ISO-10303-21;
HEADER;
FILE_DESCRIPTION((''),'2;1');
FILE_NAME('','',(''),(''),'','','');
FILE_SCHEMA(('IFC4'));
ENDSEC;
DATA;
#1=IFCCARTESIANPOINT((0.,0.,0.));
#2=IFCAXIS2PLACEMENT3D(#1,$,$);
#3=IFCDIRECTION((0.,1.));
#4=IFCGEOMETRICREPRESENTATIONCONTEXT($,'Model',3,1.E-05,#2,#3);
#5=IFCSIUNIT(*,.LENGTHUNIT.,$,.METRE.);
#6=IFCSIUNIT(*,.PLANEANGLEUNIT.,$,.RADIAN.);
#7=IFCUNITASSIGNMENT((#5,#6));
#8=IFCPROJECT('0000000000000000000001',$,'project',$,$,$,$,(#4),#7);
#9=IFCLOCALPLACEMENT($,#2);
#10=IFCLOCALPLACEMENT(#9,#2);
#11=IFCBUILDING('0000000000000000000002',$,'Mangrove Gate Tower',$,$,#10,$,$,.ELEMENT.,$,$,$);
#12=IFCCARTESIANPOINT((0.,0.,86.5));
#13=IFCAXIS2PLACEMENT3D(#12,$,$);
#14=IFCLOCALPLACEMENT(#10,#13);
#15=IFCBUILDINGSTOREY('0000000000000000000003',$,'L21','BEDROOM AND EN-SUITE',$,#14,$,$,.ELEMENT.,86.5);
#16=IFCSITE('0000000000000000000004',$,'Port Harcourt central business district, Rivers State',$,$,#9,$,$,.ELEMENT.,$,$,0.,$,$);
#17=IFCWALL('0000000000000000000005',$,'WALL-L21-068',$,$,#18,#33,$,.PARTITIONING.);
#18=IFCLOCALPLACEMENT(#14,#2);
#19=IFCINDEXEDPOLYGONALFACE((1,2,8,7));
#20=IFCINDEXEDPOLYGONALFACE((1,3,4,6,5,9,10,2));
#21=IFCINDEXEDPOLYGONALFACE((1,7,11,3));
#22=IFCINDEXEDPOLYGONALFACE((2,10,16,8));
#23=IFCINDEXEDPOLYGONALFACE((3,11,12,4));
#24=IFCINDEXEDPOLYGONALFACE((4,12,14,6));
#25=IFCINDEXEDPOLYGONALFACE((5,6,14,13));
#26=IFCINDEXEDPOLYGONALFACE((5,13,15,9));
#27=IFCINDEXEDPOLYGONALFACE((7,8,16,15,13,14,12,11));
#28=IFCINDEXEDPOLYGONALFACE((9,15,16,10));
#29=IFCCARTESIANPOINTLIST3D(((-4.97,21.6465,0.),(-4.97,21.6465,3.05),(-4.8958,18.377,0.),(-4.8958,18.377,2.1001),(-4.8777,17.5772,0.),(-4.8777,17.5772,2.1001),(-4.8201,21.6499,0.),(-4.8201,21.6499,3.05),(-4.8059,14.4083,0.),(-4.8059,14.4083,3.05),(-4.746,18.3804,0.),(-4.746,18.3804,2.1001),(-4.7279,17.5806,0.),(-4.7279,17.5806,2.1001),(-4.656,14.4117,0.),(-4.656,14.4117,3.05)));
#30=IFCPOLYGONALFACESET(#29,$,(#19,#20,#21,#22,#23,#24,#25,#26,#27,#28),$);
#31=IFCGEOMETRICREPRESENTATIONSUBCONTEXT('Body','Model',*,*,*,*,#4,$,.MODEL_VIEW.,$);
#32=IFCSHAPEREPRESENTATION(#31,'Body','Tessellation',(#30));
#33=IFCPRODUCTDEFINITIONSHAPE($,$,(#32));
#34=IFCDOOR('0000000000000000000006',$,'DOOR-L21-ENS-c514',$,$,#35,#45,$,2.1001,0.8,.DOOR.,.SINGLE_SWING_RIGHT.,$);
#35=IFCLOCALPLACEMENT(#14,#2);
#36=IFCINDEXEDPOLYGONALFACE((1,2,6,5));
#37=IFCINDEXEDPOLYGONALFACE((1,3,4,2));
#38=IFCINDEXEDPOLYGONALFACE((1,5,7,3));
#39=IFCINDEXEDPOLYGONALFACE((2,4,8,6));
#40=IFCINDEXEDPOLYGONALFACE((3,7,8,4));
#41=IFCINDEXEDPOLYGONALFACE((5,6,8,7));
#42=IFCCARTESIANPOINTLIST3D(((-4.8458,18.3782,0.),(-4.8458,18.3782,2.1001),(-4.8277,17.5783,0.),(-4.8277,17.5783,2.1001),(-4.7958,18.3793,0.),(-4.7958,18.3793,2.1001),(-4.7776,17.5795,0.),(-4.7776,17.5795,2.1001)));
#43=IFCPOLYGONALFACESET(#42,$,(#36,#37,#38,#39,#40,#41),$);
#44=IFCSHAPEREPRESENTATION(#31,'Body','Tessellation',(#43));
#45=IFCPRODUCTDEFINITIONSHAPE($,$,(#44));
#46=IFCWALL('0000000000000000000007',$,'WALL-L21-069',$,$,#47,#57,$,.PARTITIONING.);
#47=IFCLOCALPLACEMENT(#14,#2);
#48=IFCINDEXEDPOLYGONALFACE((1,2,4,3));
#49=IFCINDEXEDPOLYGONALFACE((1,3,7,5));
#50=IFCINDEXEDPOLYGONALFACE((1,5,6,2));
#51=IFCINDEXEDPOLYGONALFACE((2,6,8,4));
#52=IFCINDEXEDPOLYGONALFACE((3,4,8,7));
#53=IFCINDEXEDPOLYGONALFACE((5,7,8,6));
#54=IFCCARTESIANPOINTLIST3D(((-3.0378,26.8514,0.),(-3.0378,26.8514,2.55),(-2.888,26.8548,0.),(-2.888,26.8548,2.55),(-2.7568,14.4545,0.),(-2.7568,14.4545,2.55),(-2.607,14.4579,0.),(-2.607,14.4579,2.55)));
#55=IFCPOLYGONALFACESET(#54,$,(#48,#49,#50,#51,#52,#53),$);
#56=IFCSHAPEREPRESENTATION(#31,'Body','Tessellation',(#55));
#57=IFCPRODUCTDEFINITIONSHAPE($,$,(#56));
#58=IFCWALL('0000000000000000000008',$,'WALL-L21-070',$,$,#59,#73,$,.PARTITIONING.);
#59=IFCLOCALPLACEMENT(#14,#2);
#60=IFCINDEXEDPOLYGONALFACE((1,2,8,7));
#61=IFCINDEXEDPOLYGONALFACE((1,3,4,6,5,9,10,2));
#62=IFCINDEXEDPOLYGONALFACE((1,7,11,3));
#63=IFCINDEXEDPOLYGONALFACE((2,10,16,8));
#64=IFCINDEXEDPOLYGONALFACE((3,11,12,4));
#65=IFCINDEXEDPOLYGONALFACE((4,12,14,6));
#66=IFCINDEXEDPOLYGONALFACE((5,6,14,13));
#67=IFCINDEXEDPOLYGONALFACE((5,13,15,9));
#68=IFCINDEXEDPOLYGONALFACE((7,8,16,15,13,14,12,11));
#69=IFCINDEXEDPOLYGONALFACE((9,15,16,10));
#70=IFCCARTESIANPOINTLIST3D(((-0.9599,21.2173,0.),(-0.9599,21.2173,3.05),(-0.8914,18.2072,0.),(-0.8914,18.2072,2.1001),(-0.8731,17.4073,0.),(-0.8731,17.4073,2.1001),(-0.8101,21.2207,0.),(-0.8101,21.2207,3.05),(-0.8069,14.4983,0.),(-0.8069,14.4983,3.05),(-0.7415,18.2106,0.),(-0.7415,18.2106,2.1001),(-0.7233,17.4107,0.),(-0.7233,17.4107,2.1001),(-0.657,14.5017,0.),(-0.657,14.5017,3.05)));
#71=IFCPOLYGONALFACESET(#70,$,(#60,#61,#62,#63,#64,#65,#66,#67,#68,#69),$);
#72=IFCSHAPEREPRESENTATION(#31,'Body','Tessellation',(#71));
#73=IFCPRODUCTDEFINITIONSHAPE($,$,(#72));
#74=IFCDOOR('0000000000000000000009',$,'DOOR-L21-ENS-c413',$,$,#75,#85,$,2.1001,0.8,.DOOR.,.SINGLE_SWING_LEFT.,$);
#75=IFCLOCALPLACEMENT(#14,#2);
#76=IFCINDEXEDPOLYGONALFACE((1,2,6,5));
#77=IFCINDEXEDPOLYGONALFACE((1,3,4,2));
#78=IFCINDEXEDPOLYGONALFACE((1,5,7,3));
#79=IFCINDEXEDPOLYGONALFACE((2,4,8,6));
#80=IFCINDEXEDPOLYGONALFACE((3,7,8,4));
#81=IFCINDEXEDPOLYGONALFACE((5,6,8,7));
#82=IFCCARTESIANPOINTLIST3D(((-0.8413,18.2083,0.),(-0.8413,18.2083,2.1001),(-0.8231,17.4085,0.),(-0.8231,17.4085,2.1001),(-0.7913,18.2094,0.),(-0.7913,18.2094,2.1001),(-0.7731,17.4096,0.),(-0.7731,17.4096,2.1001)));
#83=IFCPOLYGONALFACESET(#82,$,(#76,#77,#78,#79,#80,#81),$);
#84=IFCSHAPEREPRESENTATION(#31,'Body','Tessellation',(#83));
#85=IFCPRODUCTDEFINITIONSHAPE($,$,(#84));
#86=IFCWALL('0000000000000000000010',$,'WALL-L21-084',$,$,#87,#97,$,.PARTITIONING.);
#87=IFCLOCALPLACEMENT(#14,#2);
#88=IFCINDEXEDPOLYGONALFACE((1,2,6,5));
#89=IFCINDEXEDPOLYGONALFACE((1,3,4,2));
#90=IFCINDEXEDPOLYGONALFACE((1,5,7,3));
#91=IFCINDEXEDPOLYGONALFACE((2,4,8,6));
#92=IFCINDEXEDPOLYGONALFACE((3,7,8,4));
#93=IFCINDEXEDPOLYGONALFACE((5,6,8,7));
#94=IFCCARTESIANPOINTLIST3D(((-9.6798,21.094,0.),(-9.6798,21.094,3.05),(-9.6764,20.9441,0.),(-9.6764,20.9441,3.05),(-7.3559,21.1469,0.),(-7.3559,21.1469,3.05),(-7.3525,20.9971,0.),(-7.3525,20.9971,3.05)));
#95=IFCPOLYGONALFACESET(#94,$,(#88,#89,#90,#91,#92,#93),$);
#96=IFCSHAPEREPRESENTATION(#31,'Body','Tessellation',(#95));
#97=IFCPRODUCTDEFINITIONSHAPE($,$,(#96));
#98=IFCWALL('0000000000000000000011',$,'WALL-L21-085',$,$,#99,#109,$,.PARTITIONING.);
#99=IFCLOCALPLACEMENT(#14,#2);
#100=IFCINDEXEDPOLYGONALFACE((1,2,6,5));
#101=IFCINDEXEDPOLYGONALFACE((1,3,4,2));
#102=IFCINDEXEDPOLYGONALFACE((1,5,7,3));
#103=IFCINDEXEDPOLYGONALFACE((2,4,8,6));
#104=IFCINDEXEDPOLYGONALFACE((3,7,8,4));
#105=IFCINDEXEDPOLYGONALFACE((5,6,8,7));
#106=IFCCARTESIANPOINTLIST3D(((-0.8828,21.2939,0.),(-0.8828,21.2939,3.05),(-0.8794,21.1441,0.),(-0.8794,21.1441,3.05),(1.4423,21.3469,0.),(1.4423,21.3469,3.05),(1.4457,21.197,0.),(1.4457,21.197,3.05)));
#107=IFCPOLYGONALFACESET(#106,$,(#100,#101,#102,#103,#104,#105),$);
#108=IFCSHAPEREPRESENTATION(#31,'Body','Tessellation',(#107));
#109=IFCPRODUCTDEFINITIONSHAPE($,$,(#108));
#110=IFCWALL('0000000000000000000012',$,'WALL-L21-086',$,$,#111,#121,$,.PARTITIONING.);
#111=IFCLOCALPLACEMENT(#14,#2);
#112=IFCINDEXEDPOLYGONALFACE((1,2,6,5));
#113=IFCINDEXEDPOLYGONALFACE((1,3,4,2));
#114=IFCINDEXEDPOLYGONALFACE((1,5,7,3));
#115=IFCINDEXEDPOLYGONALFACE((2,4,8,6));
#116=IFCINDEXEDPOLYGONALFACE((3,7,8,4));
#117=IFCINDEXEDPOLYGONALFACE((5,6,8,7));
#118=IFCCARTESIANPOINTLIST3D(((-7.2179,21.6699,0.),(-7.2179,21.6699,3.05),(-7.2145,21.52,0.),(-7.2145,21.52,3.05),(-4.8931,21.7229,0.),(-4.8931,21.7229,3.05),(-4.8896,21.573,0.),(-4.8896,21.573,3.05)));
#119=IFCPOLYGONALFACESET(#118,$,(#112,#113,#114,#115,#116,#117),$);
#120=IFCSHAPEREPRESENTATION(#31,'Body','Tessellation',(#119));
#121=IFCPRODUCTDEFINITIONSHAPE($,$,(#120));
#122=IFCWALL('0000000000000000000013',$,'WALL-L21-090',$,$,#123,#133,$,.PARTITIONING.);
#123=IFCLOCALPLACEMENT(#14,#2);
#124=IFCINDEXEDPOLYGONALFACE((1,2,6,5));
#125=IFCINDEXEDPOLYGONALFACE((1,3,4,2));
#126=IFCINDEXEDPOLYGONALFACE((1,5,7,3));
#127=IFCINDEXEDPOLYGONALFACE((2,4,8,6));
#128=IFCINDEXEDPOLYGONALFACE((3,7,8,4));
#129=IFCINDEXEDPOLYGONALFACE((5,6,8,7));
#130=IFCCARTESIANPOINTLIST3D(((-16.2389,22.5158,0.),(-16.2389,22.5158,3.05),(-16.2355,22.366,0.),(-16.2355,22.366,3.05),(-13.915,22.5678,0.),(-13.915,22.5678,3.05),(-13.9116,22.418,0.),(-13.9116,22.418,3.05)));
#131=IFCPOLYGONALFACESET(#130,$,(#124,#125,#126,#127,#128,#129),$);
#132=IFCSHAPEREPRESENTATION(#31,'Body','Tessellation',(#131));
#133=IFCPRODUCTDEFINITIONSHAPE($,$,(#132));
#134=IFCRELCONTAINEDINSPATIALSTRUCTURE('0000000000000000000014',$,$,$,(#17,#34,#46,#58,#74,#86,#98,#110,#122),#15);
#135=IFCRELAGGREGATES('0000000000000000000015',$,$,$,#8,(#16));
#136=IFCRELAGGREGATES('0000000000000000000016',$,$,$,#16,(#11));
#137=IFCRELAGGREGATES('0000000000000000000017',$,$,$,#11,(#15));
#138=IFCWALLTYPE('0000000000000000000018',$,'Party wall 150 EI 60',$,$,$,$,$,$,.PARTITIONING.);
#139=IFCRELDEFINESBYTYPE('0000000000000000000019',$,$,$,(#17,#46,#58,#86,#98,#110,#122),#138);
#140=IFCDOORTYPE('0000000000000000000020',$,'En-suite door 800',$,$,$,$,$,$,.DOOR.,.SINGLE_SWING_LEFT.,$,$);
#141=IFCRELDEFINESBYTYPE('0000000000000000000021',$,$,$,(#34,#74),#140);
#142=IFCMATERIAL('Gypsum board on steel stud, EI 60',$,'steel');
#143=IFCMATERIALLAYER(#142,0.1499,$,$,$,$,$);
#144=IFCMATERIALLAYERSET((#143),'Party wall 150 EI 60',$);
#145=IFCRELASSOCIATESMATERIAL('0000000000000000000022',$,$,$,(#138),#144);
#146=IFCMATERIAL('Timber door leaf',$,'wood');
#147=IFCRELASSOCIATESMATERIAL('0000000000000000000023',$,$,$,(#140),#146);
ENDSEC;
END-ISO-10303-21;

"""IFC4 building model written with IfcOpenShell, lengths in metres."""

from ifc_helpers import new_model, si_unit, direction, frame, frame_2d, origin, place, context, subcontext, project, spatial, rectangle, extrude, material, layer, layer_set, type_object, element, fill, save


model = new_model("IFC4")

# Units and contexts
model_context = context("Model", 3, precision=1e-05, world=origin(), true_north=direction((0.0, 1.0)))
body_context = subcontext(model_context, "Body", "Model", "MODEL_VIEW")
ifc_project = project(units=[si_unit("LENGTHUNIT", "METRE"), si_unit("PLANEANGLEUNIT", "RADIAN")], contexts=[model_context])

# Site, building, storey
site_placement = place(None, origin())
site = spatial("IfcSite", under=ifc_project, at=site_placement, Name="Port Harcourt central business district, Rivers State", CompositionType="ELEMENT", RefElevation=0.0)
building_placement = place(site_placement, origin())
building = spatial("IfcBuilding", under=site, at=building_placement, Name="Mangrove Gate Tower", CompositionType="ELEMENT")
storey_placement = place(building_placement, frame((0.0, 0.0, 86.5)))
storey = spatial("IfcBuildingStorey", under=building, at=storey_placement, Name="L21", Description="BEDROOM AND EN-SUITE", CompositionType="ELEMENT", Elevation=86.5)

# Shared definitions
ifc_material_1 = material(Name="Gypsum board on steel stud, EI 60", Category="steel")
ifc_layer = layer(ifc_material_1, 0.1499)
ifc_layer_set = layer_set([ifc_layer], Name="Party wall 150 EI 60")
wall_type = type_object("IfcWallType", Name="Party wall 150 EI 60", PredefinedType="PARTITIONING", material=ifc_layer_set)

# Shared definitions
ifc_material_2 = material(Name="Timber door leaf", Category="wood")
door_type = type_object("IfcDoorType", Name="En-suite door 800", OperationType="SINGLE_SWING_LEFT", PredefinedType="DOOR", material=ifc_material_2)

# Wall, opening, door
wall_1_placement = place(storey_placement, frame((-4.731, 14.4099, 0.0), z_axis=(0.0, 0.0, 1.0), x_axis=(-0.022661, 0.999743, 0.0)))
wall_1 = element("IfcWall", 1, at=wall_1_placement, inside=storey, type_object=wall_type, Name="WALL-L21-068", PredefinedType="PARTITIONING", context=body_context, shape_type="SweptSolid", body=[
    extrude(rectangle(XDim=7.24, YDim=0.1499, at=frame_2d((3.6201, 0.0))), origin(), (0.0, 0.0, 1.0), 3.05),
])
opening_1_placement = place(wall_1_placement, frame((3.1699, 0.0, 0.0)))
opening_1 = element("IfcOpeningElement", 2, at=opening_1_placement, cuts=wall_1, PredefinedType="OPENING", context=body_context, shape_type="SweptSolid", body=[
    extrude(rectangle(XDim=0.8, YDim=2.1001, at=frame_2d((0.3999, 1.05))), frame((0.0, 0.085, 0.0), z_axis=(0.0, -1.0, 0.0), x_axis=(1.0, 0.0, 0.0)), (0.0, 0.0, 1.0), 0.1699),
])
door_1_placement = place(opening_1_placement, origin())
door_1 = element("IfcDoor", 3, at=door_1_placement, inside=storey, type_object=door_type, Name="DOOR-L21-ENS-c514", OperationType="SINGLE_SWING_RIGHT", OverallHeight=2.1001, OverallWidth=0.8, PredefinedType="DOOR", context=body_context, shape_type="SweptSolid", body=[
    extrude(rectangle(XDim=0.8, YDim=2.1001, at=frame_2d((0.3999, 1.05))), frame((0.0, 0.0249, 0.0), z_axis=(0.0, -1.0, 0.0), x_axis=(1.0, 0.0, 0.0)), (0.0, 0.0, 1.0), 0.05),
])
fill(opening_1, door_1)

# Wall
wall_2_placement = place(storey_placement, frame((-2.6819, 14.4561, 0.0), z_axis=(0.0, 0.0, 1.0), x_axis=(-0.022661, 0.999743, 0.0)))
element("IfcWall", 4, at=wall_2_placement, inside=storey, type_object=wall_type, Name="WALL-L21-069", PredefinedType="PARTITIONING", context=body_context, shape_type="SweptSolid", body=[
    extrude(rectangle(XDim=12.4001, YDim=0.1499, at=frame_2d((6.2002, 0.0))), origin(), (0.0, 0.0, 1.0), 2.55),
])

# Wall, opening, door
wall_3_placement = place(storey_placement, frame((-0.7319, 14.5, 0.0), z_axis=(0.0, 0.0, 1.0), x_axis=(-0.022777, 0.999741, 0.0)))
wall_3 = element("IfcWall", 5, at=wall_3_placement, inside=storey, type_object=wall_type, Name="WALL-L21-070", PredefinedType="PARTITIONING", context=body_context, shape_type="SweptSolid", body=[
    extrude(rectangle(XDim=6.7207, YDim=0.1499, at=frame_2d((3.3604, 0.0))), origin(), (0.0, 0.0, 1.0), 3.05),
])
opening_2_placement = place(wall_3_placement, frame((2.9099, 0.0, 0.0)))
opening_2 = element("IfcOpeningElement", 6, at=opening_2_placement, cuts=wall_3, PredefinedType="OPENING", context=body_context, shape_type="SweptSolid", body=[
    extrude(rectangle(XDim=0.8, YDim=2.1001, at=frame_2d((0.3999, 1.05))), frame((0.0, 0.085, 0.0), z_axis=(0.0, -1.0, 0.0), x_axis=(1.0, 0.0, 0.0)), (0.0, 0.0, 1.0), 0.1699),
])
door_2_placement = place(opening_2_placement, origin())
door_2 = element("IfcDoor", 7, at=door_2_placement, inside=storey, type_object=door_type, Name="DOOR-L21-ENS-c413", OperationType="SINGLE_SWING_LEFT", OverallHeight=2.1001, OverallWidth=0.8, PredefinedType="DOOR", context=body_context, shape_type="SweptSolid", body=[
    extrude(rectangle(XDim=0.8, YDim=2.1001, at=frame_2d((0.3999, 1.05))), frame((0.0, 0.0249, 0.0), z_axis=(0.0, -1.0, 0.0), x_axis=(1.0, 0.0, 0.0)), (0.0, 0.0, 1.0), 0.05),
])
fill(opening_2, door_2)

# Walls
wall_4_placement = place(storey_placement, frame((-9.678, 21.019, 0.0), z_axis=(0.0, 0.0, 1.0), x_axis=(0.99974, 0.022791, 0.0)))
element("IfcWall", 8, at=wall_4_placement, inside=storey, type_object=wall_type, Name="WALL-L21-084", PredefinedType="PARTITIONING", context=body_context, shape_type="SweptSolid", body=[
    extrude(rectangle(XDim=2.3245, YDim=0.1499, at=frame_2d((1.1621, 0.0))), origin(), (0.0, 0.0, 1.0), 3.05),
])
wall_5_placement = place(storey_placement, frame((-0.8811, 21.219, 0.0), z_axis=(0.0, 0.0, 1.0), x_axis=(0.999741, 0.022779, 0.0)))
element("IfcWall", 9, at=wall_5_placement, inside=storey, type_object=wall_type, Name="WALL-L21-085", PredefinedType="PARTITIONING", context=body_context, shape_type="SweptSolid", body=[
    extrude(rectangle(XDim=2.3257, YDim=0.1499, at=frame_2d((1.1628, 0.0))), origin(), (0.0, 0.0, 1.0), 3.05),
])
wall_6_placement = place(storey_placement, frame((-7.2161, 21.595, 0.0), z_axis=(0.0, 0.0, 1.0), x_axis=(0.99974, 0.022781, 0.0)))
element("IfcWall", 10, at=wall_6_placement, inside=storey, type_object=wall_type, Name="WALL-L21-086", PredefinedType="PARTITIONING", context=body_context, shape_type="SweptSolid", body=[
    extrude(rectangle(XDim=2.3254, YDim=0.1499, at=frame_2d((1.1626, 0.0))), origin(), (0.0, 0.0, 1.0), 3.05),
])
wall_7_placement = place(storey_placement, frame((-16.2371, 22.4409, 0.0), z_axis=(0.0, 0.0, 1.0), x_axis=(0.99975, 0.022371, 0.0)))
element("IfcWall", 11, at=wall_7_placement, inside=storey, type_object=wall_type, Name="WALL-L21-090", PredefinedType="PARTITIONING", context=body_context, shape_type="SweptSolid", body=[
    extrude(rectangle(XDim=2.3245, YDim=0.1499, at=frame_2d((1.1621, 0.0))), origin(), (0.0, 0.0, 1.0), 3.05),
])

save(model, "model.ifc")
